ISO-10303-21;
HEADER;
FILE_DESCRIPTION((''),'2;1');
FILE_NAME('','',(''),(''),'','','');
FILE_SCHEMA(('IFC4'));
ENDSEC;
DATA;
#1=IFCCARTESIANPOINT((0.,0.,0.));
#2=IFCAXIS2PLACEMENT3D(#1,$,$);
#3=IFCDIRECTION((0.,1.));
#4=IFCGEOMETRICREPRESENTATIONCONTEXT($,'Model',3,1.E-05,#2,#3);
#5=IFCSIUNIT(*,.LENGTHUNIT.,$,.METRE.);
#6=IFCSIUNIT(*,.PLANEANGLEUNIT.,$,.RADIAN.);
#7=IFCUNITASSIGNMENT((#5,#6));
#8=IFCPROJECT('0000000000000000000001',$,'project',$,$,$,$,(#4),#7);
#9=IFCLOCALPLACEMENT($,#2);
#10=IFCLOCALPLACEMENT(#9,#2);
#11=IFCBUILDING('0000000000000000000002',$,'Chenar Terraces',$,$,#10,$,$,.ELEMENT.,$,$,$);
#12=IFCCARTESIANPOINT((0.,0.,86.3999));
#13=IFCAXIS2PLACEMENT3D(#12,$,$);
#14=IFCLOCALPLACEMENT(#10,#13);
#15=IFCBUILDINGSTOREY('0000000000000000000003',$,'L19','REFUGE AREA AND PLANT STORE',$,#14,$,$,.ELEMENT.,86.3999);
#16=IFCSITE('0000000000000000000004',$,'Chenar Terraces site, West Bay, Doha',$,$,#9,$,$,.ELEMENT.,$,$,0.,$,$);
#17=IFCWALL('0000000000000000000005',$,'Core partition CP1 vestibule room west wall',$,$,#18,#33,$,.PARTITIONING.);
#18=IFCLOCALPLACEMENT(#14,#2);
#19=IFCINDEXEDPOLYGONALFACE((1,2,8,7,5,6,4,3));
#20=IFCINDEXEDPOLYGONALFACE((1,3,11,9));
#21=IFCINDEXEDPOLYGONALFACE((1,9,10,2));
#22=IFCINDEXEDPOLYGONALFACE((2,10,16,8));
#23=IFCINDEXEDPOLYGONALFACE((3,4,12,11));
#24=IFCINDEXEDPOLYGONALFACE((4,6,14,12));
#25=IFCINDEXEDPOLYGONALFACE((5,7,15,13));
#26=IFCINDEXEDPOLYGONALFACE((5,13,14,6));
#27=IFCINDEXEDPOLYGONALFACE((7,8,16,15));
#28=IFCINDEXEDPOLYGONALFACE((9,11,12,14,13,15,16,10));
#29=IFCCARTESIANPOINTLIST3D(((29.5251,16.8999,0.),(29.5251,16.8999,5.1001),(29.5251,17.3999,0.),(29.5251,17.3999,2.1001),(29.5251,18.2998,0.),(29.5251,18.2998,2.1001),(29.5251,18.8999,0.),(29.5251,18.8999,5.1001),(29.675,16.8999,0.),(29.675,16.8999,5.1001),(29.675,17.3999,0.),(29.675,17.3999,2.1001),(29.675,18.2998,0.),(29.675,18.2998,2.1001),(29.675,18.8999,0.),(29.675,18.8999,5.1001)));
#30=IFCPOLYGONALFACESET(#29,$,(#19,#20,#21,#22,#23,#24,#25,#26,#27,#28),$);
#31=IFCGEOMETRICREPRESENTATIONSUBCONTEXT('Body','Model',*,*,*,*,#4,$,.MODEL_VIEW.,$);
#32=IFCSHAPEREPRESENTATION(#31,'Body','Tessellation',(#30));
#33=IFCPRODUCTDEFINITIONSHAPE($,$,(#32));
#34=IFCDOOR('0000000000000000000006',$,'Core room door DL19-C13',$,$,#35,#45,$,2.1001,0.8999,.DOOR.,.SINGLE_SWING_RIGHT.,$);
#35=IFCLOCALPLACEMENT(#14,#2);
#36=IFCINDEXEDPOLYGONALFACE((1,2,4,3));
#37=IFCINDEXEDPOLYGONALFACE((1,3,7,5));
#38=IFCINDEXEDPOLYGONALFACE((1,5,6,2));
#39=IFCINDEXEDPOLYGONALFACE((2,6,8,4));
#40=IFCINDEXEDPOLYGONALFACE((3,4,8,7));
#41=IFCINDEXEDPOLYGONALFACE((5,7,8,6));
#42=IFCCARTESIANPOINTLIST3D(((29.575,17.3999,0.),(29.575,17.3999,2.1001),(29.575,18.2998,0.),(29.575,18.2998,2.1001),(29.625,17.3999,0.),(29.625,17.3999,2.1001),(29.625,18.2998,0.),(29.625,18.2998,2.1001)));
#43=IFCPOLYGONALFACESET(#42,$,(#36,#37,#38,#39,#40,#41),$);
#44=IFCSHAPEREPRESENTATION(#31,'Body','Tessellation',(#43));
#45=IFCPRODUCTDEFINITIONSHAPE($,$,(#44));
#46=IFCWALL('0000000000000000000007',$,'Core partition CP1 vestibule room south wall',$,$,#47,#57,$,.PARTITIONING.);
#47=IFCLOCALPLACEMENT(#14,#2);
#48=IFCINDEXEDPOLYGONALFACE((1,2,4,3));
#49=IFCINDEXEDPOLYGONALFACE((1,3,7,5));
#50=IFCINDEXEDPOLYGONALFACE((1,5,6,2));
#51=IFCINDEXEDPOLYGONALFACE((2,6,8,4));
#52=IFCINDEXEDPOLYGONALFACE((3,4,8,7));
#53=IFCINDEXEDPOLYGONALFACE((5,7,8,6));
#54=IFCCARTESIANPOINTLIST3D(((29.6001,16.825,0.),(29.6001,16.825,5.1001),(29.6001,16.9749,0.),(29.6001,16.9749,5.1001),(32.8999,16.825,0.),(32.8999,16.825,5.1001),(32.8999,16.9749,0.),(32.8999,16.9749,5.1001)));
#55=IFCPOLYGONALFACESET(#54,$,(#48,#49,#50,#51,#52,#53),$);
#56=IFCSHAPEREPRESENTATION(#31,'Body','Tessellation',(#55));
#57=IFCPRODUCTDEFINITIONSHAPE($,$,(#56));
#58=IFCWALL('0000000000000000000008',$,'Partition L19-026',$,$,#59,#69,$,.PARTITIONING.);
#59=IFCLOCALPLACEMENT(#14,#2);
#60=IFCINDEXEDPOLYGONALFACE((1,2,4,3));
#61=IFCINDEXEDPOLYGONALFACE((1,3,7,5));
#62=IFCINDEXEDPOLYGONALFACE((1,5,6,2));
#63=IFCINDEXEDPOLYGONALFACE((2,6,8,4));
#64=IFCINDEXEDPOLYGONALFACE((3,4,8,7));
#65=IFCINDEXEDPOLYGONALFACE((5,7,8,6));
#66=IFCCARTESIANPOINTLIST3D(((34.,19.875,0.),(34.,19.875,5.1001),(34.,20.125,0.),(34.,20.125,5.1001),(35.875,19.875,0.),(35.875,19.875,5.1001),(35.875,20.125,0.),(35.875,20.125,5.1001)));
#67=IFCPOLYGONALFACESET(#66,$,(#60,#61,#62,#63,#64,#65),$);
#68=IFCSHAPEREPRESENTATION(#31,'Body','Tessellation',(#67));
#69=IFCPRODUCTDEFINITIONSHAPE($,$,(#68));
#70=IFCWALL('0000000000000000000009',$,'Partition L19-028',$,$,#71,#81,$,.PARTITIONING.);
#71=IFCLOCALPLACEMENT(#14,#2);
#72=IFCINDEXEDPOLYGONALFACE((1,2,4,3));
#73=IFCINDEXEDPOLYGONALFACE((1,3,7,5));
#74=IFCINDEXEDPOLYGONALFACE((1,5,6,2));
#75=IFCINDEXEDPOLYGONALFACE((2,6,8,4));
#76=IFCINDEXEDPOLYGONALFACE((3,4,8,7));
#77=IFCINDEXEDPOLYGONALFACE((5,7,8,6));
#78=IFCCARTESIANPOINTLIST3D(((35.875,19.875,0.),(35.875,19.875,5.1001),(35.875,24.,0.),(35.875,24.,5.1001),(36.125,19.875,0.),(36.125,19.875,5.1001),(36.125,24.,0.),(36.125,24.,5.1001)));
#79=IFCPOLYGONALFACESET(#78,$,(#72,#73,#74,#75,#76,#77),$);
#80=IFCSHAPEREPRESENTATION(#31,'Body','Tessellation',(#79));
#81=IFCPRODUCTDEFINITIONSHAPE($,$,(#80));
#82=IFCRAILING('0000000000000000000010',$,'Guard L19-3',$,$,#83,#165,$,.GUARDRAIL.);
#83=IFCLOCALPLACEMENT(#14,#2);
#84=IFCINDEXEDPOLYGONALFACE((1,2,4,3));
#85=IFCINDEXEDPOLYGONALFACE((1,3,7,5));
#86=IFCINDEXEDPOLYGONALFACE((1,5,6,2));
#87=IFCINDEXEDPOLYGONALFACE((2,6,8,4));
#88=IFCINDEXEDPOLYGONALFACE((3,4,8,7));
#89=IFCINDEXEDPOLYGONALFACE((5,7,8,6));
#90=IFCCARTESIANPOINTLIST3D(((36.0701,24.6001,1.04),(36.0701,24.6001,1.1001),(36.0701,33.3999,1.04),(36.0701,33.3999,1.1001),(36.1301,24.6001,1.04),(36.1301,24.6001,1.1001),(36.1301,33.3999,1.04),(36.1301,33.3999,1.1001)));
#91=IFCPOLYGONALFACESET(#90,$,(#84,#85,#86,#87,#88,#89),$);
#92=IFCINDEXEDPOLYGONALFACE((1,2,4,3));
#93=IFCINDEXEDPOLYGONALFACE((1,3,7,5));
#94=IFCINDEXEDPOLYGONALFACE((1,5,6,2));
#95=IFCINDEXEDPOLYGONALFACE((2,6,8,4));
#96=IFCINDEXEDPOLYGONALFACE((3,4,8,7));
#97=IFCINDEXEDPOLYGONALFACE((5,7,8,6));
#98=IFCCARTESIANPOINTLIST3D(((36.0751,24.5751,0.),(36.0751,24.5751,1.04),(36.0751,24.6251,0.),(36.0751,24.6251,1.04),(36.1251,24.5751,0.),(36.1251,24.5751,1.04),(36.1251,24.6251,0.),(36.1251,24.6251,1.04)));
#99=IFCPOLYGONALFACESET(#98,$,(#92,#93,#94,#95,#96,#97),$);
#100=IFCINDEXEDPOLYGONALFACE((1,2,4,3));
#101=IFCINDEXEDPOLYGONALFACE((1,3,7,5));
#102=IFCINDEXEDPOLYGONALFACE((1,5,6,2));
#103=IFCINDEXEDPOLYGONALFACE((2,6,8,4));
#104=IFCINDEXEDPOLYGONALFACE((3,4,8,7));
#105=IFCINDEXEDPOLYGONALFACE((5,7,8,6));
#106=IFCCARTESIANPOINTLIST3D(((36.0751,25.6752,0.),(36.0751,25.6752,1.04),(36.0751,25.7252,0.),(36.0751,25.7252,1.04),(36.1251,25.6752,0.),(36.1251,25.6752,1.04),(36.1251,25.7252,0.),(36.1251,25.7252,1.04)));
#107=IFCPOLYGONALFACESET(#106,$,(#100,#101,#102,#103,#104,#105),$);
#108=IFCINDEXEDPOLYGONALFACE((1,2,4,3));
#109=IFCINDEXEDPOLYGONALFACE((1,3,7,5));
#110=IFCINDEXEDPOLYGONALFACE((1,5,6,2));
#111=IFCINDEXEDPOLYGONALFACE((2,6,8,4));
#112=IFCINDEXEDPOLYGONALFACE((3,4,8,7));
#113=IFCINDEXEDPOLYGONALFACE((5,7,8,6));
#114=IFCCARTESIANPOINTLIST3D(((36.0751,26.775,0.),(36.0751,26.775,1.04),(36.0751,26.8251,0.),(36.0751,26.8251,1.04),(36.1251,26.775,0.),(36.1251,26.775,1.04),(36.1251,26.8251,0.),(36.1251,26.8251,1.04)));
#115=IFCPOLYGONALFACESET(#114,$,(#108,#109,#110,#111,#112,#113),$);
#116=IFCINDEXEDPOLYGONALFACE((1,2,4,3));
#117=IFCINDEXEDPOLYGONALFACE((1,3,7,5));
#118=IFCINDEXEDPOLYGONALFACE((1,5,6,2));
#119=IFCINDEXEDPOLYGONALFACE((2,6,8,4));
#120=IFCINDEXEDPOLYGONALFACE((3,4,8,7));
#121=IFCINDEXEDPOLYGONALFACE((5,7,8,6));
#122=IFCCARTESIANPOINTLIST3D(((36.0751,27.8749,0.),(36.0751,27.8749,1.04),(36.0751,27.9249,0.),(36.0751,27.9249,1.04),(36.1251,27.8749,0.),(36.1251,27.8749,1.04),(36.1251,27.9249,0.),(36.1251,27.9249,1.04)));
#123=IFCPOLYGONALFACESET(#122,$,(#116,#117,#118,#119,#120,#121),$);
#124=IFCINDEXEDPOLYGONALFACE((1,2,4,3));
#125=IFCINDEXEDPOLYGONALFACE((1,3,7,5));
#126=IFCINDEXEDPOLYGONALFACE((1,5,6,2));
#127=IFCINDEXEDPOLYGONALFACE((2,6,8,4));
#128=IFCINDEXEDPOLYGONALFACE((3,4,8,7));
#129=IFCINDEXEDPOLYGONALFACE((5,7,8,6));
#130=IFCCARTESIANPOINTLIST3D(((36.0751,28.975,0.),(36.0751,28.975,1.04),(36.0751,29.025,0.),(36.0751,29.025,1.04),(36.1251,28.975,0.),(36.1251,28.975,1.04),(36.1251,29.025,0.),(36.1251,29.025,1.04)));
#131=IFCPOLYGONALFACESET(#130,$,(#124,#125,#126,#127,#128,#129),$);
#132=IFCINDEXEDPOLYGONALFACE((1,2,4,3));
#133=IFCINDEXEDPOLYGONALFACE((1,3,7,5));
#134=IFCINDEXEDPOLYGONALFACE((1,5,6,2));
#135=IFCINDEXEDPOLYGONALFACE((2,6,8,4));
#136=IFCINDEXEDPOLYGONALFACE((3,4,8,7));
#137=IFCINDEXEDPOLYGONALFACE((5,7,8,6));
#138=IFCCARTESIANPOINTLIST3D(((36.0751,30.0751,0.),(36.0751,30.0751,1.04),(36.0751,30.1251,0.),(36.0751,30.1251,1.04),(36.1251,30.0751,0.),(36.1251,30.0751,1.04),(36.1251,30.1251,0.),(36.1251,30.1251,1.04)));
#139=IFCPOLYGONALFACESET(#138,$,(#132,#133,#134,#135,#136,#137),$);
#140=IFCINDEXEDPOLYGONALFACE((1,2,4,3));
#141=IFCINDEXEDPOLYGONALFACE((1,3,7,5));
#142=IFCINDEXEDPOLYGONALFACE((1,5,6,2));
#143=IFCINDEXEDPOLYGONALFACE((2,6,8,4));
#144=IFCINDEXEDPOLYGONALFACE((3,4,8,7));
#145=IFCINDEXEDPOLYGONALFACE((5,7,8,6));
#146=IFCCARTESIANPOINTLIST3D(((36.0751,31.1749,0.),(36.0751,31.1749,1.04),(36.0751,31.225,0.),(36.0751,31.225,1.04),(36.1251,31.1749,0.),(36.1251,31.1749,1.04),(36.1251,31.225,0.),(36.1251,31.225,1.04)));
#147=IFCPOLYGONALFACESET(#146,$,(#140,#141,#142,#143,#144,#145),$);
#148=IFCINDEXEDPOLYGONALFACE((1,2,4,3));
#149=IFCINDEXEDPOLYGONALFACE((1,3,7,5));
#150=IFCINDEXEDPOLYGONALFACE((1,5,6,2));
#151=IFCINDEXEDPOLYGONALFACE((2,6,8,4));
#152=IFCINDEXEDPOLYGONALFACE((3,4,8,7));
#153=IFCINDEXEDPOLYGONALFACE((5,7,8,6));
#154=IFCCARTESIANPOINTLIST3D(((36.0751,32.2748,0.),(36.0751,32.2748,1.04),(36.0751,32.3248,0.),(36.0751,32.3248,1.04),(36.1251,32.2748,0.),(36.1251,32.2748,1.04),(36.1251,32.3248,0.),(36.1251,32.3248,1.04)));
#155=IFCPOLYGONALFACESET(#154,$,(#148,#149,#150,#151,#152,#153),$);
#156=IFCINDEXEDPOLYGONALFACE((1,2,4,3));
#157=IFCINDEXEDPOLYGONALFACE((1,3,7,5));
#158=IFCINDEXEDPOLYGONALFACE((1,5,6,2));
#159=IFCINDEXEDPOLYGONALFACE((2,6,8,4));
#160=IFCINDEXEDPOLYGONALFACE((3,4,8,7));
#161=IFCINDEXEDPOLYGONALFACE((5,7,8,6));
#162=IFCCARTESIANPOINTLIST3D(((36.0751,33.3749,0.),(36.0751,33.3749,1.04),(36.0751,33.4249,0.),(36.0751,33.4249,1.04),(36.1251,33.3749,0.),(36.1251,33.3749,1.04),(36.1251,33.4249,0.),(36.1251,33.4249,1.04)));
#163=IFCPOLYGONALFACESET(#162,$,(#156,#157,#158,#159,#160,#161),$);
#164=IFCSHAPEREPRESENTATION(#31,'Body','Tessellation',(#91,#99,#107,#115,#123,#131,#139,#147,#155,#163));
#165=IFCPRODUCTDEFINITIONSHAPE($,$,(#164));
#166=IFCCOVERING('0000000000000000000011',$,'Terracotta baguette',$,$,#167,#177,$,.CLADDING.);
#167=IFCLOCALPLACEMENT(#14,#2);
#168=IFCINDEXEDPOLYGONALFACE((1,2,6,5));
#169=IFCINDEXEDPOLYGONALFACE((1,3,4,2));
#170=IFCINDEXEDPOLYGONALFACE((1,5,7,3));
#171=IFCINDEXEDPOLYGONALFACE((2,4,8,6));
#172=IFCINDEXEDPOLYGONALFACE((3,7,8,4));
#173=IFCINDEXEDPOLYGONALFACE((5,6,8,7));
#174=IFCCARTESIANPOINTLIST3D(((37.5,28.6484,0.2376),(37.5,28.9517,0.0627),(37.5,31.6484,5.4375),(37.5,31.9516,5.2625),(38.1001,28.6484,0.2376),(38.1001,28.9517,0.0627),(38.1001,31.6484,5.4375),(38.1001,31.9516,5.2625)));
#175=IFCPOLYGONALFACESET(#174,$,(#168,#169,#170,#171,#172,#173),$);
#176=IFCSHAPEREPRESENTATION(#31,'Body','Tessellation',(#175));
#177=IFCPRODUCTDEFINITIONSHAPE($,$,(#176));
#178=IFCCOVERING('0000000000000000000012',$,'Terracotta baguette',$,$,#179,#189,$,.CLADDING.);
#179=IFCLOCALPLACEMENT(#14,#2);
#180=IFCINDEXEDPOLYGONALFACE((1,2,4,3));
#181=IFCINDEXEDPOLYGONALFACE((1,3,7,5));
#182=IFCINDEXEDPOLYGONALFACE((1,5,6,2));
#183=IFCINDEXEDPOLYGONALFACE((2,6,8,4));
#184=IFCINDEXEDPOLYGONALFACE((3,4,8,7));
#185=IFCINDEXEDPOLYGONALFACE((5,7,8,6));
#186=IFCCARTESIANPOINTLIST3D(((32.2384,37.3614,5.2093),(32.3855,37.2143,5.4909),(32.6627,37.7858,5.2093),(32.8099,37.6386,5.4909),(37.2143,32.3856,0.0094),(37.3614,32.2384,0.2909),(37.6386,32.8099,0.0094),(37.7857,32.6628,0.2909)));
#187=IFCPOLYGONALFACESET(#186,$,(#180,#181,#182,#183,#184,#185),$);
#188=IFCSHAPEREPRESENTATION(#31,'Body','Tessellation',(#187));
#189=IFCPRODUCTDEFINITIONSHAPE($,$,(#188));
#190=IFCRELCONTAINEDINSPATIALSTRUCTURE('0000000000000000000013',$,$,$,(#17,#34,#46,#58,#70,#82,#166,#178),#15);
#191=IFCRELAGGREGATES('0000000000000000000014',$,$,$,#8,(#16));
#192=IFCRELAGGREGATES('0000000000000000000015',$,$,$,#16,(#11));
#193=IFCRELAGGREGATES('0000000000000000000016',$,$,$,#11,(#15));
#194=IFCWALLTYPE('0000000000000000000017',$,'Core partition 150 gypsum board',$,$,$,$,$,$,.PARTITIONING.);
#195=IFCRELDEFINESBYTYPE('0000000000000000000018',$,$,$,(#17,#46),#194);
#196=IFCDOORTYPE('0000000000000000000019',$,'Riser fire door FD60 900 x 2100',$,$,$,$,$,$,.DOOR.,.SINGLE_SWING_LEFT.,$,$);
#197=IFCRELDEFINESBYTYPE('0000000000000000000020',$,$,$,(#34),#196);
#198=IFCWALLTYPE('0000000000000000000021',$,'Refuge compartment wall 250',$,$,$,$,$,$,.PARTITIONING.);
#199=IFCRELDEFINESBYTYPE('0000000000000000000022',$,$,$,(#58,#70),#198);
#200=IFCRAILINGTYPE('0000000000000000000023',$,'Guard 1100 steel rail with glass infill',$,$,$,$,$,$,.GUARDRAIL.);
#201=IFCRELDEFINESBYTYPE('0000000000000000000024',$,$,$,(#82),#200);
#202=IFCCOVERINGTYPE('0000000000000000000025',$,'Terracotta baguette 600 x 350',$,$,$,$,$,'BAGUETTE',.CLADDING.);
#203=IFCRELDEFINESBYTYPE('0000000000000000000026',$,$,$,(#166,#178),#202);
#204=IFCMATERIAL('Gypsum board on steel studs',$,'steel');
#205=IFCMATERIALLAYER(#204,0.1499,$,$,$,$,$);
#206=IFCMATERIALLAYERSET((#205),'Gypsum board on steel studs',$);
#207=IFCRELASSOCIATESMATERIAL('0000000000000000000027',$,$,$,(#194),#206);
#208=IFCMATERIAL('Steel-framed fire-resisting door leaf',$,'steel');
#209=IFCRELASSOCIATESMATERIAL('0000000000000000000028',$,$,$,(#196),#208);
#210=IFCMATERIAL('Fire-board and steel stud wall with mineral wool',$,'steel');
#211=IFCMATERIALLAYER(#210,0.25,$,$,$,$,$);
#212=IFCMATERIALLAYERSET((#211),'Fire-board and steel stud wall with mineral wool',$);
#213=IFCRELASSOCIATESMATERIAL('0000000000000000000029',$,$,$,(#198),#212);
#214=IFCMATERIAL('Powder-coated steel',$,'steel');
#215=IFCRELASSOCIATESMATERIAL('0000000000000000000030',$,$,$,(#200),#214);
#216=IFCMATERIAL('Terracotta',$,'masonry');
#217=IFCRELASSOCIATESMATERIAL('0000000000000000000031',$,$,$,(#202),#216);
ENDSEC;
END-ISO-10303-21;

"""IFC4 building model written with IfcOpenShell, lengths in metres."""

from ifc_helpers import new_model, si_unit, direction, frame, frame_2d, origin, origin_2d, place, context, subcontext, project, spatial, rectangle, extrude, material, layer, layer_set, material_profile, profile_set, type_object, element, fill, save


model = new_model("IFC4")

# Units and contexts
model_context = context("Model", 3, precision=1e-05, world=origin(), true_north=direction((0.0, 1.0)))
body_context = subcontext(model_context, "Body", "Model", "MODEL_VIEW")
ifc_project = project(units=[si_unit("LENGTHUNIT", "METRE"), si_unit("PLANEANGLEUNIT", "RADIAN")], contexts=[model_context])

# Site, building, storey
site_placement = place(None, origin())
site = spatial("IfcSite", under=ifc_project, at=site_placement, Name="Chenar Terraces site, West Bay, Doha", CompositionType="ELEMENT", RefElevation=0.0)
building_placement = place(site_placement, origin())
building = spatial("IfcBuilding", under=site, at=building_placement, Name="Chenar Terraces", CompositionType="ELEMENT")
storey_placement = place(building_placement, frame((0.0, 0.0, 86.3999)))
storey = spatial("IfcBuildingStorey", under=building, at=storey_placement, Name="L19", Description="REFUGE AREA AND PLANT STORE", CompositionType="ELEMENT", Elevation=86.3999)

# Wall, opening, door
ifc_material_1 = material(Name="Gypsum board on steel studs", Category="steel")
ifc_layer_1 = layer(ifc_material_1, 0.1499)
ifc_layer_set_1 = layer_set([ifc_layer_1], Name="Gypsum board on steel studs")
wall_type_1 = type_object("IfcWallType", Name="Core partition 150 gypsum board", PredefinedType="PARTITIONING", material=ifc_layer_set_1)
wall_1_placement = place(storey_placement, frame((29.6001, 16.8999, 0.0), z_axis=(0.0, 0.0, 1.0), x_axis=(0.0, 1.0, 0.0)))
wall_1 = element("IfcWall", 1, at=wall_1_placement, inside=storey, type_object=wall_type_1, Name="Core partition CP1 vestibule room west wall", PredefinedType="PARTITIONING", context=body_context, shape_type="SweptSolid", body=[
    extrude(rectangle(XDim=2.0, YDim=0.1499, at=frame_2d((1.0, 0.0))), origin(), (0.0, 0.0, 1.0), 5.1001),
])
opening_placement = place(wall_1_placement, frame((0.5, 0.0, 0.0)))
opening = element("IfcOpeningElement", 2, at=opening_placement, cuts=wall_1, PredefinedType="OPENING", context=body_context, shape_type="SweptSolid", body=[
    extrude(rectangle(XDim=0.8999, YDim=2.1001, at=frame_2d((0.45, 1.05))), frame((0.0, 0.085, 0.0), z_axis=(0.0, -1.0, 0.0), x_axis=(1.0, 0.0, 0.0)), (0.0, 0.0, 1.0), 0.1699),
])
ifc_material_2 = material(Name="Steel-framed fire-resisting door leaf", Category="steel")
door_type = type_object("IfcDoorType", Name="Riser fire door FD60 900 x 2100", OperationType="SINGLE_SWING_LEFT", PredefinedType="DOOR", material=ifc_material_2)
door_placement = place(opening_placement, frame((0.8999, 0.0, 0.0), z_axis=(0.0, 0.0, 1.0), x_axis=(-1.0, 0.0, 0.0)))
door = element("IfcDoor", 3, at=door_placement, inside=storey, type_object=door_type, Name="Core room door DL19-C13", OperationType="SINGLE_SWING_RIGHT", OverallHeight=2.1001, OverallWidth=0.8999, PredefinedType="DOOR", context=body_context, shape_type="SweptSolid", body=[
    extrude(rectangle(XDim=0.8999, YDim=2.1001, at=frame_2d((0.45, 1.05))), frame((0.0, 0.0249, 0.0), z_axis=(0.0, -1.0, 0.0), x_axis=(1.0, 0.0, 0.0)), (0.0, 0.0, 1.0), 0.05),
])
fill(opening, door)

# Walls
wall_2_placement = place(storey_placement, frame((29.6001, 16.8999, 0.0), z_axis=(0.0, 0.0, 1.0), x_axis=(1.0, 0.0, 0.0)))
element("IfcWall", 4, at=wall_2_placement, inside=storey, type_object=wall_type_1, Name="Core partition CP1 vestibule room south wall", PredefinedType="PARTITIONING", context=body_context, shape_type="SweptSolid", body=[
    extrude(rectangle(XDim=3.2998, YDim=0.1499, at=frame_2d((1.6499, 0.0))), origin(), (0.0, 0.0, 1.0), 5.1001),
])
ifc_material_3 = material(Name="Fire-board and steel stud wall with mineral wool", Category="steel")
ifc_layer_2 = layer(ifc_material_3, 0.25)
ifc_layer_set_2 = layer_set([ifc_layer_2], Name="Fire-board and steel stud wall with mineral wool")
wall_type_2 = type_object("IfcWallType", Name="Refuge compartment wall 250", PredefinedType="PARTITIONING", material=ifc_layer_set_2)
wall_3_placement = place(storey_placement, frame((34.0, 20.0, 0.0), z_axis=(0.0, 0.0, 1.0), x_axis=(1.0, 0.0, 0.0)))
element("IfcWall", 5, at=wall_3_placement, inside=storey, type_object=wall_type_2, Name="Partition L19-026", PredefinedType="PARTITIONING", context=body_context, shape_type="SweptSolid", body=[
    extrude(rectangle(XDim=1.875, YDim=0.25, at=frame_2d((0.9375, 0.0))), origin(), (0.0, 0.0, 1.0), 5.1001),
])
wall_4_placement = place(storey_placement, frame((36.0, 19.875, 0.0), z_axis=(0.0, 0.0, 1.0), x_axis=(0.0, 1.0, 0.0)))
element("IfcWall", 6, at=wall_4_placement, inside=storey, type_object=wall_type_2, Name="Partition L19-028", PredefinedType="PARTITIONING", context=body_context, shape_type="SweptSolid", body=[
    extrude(rectangle(XDim=4.125, YDim=0.25, at=frame_2d((2.0625, 0.0))), origin(), (0.0, 0.0, 1.0), 5.1001),
])

# Railing
ifc_material_4 = material(Name="Powder-coated steel", Category="steel")
railing_type = type_object("IfcRailingType", Name="Guard 1100 steel rail with glass infill", PredefinedType="GUARDRAIL", material=ifc_material_4)
railing_placement = place(storey_placement, frame((36.1001, 24.6001, 0.0)))
element("IfcRailing", 7, at=railing_placement, inside=storey, type_object=railing_type, Name="Guard L19-3", PredefinedType="GUARDRAIL", context=body_context, shape_type="SweptSolid", body=[
    extrude(rectangle(XDim=0.0601, YDim=0.0601, at=origin_2d()), frame((0.0, 0.0, 1.0701), z_axis=(0.0, 1.0, 0.0), x_axis=(-1.0, 0.0, 0.0)), (0.0, 0.0, 1.0), 8.7998),
    extrude(rectangle(XDim=0.05, YDim=0.05, at=origin_2d()), origin(), (0.0, 0.0, 1.0), 1.04),
    extrude(rectangle(XDim=0.05, YDim=0.05, at=origin_2d()), frame((0.0, 1.1001, 0.0)), (0.0, 0.0, 1.0), 1.04),
    extrude(rectangle(XDim=0.05, YDim=0.05, at=origin_2d()), frame((0.0, 2.2, 0.0)), (0.0, 0.0, 1.0), 1.04),
    extrude(rectangle(XDim=0.05, YDim=0.05, at=origin_2d()), frame((0.0, 3.2998, 0.0)), (0.0, 0.0, 1.0), 1.04),
    extrude(rectangle(XDim=0.05, YDim=0.05, at=origin_2d()), frame((0.0, 4.3999, 0.0)), (0.0, 0.0, 1.0), 1.04),
    extrude(rectangle(XDim=0.05, YDim=0.05, at=origin_2d()), frame((0.0, 5.5, 0.0)), (0.0, 0.0, 1.0), 1.04),
    extrude(rectangle(XDim=0.05, YDim=0.05, at=origin_2d()), frame((0.0, 6.5999, 0.0)), (0.0, 0.0, 1.0), 1.04),
    extrude(rectangle(XDim=0.05, YDim=0.05, at=origin_2d()), frame((0.0, 7.6997, 0.0)), (0.0, 0.0, 1.0), 1.04),
    extrude(rectangle(XDim=0.05, YDim=0.05, at=origin_2d()), frame((0.0, 8.7998, 0.0)), (0.0, 0.0, 1.0), 1.04),
])

# Coverings
ifc_material_5 = material(Name="Terracotta", Category="masonry")
ifc_material_profile_1 = material_profile(ifc_material_5, rectangle(XDim=0.6001, YDim=0.3501, at=origin_2d()), Name="Terracotta baguette 600 x 350")
ifc_profile_set_1 = profile_set([ifc_material_profile_1], Name="Terracotta")
covering_type = type_object("IfcCoveringType", Name="Terracotta baguette 600 x 350", ElementType="BAGUETTE", PredefinedType="CLADDING", material=ifc_profile_set_1)
covering_1_placement = place(storey_placement, frame((37.8, 28.8, 0.1501), z_axis=(0.0, 0.499726, 0.866184), x_axis=(-1.0, 0.0, 0.0)))
element("IfcCovering", 8, at=covering_1_placement, inside=storey, type_object=covering_type, Name="Terracotta baguette", PredefinedType="CLADDING", context=body_context, shape_type="SweptSolid", body=[
    extrude(rectangle(XDim=0.6001, YDim=0.3501, at=origin_2d()), origin(), (0.0, 0.0, 1.0), 6.0032),
])
covering_2_placement = place(storey_placement, frame((37.5, 32.5242, 0.1501), z_axis=(-0.568686, 0.568686, 0.5943), x_axis=(-0.707107, -0.707107, 0.0)))
element("IfcCovering", 9, at=covering_2_placement, inside=storey, type_object=covering_type, Name="Terracotta baguette", PredefinedType="CLADDING", context=body_context, shape_type="SweptSolid", body=[
    extrude(rectangle(XDim=0.6001, YDim=0.3501, at=origin_2d()), origin(), (0.0, 0.0, 1.0), 8.7498),
])

save(model, "model.ifc")
